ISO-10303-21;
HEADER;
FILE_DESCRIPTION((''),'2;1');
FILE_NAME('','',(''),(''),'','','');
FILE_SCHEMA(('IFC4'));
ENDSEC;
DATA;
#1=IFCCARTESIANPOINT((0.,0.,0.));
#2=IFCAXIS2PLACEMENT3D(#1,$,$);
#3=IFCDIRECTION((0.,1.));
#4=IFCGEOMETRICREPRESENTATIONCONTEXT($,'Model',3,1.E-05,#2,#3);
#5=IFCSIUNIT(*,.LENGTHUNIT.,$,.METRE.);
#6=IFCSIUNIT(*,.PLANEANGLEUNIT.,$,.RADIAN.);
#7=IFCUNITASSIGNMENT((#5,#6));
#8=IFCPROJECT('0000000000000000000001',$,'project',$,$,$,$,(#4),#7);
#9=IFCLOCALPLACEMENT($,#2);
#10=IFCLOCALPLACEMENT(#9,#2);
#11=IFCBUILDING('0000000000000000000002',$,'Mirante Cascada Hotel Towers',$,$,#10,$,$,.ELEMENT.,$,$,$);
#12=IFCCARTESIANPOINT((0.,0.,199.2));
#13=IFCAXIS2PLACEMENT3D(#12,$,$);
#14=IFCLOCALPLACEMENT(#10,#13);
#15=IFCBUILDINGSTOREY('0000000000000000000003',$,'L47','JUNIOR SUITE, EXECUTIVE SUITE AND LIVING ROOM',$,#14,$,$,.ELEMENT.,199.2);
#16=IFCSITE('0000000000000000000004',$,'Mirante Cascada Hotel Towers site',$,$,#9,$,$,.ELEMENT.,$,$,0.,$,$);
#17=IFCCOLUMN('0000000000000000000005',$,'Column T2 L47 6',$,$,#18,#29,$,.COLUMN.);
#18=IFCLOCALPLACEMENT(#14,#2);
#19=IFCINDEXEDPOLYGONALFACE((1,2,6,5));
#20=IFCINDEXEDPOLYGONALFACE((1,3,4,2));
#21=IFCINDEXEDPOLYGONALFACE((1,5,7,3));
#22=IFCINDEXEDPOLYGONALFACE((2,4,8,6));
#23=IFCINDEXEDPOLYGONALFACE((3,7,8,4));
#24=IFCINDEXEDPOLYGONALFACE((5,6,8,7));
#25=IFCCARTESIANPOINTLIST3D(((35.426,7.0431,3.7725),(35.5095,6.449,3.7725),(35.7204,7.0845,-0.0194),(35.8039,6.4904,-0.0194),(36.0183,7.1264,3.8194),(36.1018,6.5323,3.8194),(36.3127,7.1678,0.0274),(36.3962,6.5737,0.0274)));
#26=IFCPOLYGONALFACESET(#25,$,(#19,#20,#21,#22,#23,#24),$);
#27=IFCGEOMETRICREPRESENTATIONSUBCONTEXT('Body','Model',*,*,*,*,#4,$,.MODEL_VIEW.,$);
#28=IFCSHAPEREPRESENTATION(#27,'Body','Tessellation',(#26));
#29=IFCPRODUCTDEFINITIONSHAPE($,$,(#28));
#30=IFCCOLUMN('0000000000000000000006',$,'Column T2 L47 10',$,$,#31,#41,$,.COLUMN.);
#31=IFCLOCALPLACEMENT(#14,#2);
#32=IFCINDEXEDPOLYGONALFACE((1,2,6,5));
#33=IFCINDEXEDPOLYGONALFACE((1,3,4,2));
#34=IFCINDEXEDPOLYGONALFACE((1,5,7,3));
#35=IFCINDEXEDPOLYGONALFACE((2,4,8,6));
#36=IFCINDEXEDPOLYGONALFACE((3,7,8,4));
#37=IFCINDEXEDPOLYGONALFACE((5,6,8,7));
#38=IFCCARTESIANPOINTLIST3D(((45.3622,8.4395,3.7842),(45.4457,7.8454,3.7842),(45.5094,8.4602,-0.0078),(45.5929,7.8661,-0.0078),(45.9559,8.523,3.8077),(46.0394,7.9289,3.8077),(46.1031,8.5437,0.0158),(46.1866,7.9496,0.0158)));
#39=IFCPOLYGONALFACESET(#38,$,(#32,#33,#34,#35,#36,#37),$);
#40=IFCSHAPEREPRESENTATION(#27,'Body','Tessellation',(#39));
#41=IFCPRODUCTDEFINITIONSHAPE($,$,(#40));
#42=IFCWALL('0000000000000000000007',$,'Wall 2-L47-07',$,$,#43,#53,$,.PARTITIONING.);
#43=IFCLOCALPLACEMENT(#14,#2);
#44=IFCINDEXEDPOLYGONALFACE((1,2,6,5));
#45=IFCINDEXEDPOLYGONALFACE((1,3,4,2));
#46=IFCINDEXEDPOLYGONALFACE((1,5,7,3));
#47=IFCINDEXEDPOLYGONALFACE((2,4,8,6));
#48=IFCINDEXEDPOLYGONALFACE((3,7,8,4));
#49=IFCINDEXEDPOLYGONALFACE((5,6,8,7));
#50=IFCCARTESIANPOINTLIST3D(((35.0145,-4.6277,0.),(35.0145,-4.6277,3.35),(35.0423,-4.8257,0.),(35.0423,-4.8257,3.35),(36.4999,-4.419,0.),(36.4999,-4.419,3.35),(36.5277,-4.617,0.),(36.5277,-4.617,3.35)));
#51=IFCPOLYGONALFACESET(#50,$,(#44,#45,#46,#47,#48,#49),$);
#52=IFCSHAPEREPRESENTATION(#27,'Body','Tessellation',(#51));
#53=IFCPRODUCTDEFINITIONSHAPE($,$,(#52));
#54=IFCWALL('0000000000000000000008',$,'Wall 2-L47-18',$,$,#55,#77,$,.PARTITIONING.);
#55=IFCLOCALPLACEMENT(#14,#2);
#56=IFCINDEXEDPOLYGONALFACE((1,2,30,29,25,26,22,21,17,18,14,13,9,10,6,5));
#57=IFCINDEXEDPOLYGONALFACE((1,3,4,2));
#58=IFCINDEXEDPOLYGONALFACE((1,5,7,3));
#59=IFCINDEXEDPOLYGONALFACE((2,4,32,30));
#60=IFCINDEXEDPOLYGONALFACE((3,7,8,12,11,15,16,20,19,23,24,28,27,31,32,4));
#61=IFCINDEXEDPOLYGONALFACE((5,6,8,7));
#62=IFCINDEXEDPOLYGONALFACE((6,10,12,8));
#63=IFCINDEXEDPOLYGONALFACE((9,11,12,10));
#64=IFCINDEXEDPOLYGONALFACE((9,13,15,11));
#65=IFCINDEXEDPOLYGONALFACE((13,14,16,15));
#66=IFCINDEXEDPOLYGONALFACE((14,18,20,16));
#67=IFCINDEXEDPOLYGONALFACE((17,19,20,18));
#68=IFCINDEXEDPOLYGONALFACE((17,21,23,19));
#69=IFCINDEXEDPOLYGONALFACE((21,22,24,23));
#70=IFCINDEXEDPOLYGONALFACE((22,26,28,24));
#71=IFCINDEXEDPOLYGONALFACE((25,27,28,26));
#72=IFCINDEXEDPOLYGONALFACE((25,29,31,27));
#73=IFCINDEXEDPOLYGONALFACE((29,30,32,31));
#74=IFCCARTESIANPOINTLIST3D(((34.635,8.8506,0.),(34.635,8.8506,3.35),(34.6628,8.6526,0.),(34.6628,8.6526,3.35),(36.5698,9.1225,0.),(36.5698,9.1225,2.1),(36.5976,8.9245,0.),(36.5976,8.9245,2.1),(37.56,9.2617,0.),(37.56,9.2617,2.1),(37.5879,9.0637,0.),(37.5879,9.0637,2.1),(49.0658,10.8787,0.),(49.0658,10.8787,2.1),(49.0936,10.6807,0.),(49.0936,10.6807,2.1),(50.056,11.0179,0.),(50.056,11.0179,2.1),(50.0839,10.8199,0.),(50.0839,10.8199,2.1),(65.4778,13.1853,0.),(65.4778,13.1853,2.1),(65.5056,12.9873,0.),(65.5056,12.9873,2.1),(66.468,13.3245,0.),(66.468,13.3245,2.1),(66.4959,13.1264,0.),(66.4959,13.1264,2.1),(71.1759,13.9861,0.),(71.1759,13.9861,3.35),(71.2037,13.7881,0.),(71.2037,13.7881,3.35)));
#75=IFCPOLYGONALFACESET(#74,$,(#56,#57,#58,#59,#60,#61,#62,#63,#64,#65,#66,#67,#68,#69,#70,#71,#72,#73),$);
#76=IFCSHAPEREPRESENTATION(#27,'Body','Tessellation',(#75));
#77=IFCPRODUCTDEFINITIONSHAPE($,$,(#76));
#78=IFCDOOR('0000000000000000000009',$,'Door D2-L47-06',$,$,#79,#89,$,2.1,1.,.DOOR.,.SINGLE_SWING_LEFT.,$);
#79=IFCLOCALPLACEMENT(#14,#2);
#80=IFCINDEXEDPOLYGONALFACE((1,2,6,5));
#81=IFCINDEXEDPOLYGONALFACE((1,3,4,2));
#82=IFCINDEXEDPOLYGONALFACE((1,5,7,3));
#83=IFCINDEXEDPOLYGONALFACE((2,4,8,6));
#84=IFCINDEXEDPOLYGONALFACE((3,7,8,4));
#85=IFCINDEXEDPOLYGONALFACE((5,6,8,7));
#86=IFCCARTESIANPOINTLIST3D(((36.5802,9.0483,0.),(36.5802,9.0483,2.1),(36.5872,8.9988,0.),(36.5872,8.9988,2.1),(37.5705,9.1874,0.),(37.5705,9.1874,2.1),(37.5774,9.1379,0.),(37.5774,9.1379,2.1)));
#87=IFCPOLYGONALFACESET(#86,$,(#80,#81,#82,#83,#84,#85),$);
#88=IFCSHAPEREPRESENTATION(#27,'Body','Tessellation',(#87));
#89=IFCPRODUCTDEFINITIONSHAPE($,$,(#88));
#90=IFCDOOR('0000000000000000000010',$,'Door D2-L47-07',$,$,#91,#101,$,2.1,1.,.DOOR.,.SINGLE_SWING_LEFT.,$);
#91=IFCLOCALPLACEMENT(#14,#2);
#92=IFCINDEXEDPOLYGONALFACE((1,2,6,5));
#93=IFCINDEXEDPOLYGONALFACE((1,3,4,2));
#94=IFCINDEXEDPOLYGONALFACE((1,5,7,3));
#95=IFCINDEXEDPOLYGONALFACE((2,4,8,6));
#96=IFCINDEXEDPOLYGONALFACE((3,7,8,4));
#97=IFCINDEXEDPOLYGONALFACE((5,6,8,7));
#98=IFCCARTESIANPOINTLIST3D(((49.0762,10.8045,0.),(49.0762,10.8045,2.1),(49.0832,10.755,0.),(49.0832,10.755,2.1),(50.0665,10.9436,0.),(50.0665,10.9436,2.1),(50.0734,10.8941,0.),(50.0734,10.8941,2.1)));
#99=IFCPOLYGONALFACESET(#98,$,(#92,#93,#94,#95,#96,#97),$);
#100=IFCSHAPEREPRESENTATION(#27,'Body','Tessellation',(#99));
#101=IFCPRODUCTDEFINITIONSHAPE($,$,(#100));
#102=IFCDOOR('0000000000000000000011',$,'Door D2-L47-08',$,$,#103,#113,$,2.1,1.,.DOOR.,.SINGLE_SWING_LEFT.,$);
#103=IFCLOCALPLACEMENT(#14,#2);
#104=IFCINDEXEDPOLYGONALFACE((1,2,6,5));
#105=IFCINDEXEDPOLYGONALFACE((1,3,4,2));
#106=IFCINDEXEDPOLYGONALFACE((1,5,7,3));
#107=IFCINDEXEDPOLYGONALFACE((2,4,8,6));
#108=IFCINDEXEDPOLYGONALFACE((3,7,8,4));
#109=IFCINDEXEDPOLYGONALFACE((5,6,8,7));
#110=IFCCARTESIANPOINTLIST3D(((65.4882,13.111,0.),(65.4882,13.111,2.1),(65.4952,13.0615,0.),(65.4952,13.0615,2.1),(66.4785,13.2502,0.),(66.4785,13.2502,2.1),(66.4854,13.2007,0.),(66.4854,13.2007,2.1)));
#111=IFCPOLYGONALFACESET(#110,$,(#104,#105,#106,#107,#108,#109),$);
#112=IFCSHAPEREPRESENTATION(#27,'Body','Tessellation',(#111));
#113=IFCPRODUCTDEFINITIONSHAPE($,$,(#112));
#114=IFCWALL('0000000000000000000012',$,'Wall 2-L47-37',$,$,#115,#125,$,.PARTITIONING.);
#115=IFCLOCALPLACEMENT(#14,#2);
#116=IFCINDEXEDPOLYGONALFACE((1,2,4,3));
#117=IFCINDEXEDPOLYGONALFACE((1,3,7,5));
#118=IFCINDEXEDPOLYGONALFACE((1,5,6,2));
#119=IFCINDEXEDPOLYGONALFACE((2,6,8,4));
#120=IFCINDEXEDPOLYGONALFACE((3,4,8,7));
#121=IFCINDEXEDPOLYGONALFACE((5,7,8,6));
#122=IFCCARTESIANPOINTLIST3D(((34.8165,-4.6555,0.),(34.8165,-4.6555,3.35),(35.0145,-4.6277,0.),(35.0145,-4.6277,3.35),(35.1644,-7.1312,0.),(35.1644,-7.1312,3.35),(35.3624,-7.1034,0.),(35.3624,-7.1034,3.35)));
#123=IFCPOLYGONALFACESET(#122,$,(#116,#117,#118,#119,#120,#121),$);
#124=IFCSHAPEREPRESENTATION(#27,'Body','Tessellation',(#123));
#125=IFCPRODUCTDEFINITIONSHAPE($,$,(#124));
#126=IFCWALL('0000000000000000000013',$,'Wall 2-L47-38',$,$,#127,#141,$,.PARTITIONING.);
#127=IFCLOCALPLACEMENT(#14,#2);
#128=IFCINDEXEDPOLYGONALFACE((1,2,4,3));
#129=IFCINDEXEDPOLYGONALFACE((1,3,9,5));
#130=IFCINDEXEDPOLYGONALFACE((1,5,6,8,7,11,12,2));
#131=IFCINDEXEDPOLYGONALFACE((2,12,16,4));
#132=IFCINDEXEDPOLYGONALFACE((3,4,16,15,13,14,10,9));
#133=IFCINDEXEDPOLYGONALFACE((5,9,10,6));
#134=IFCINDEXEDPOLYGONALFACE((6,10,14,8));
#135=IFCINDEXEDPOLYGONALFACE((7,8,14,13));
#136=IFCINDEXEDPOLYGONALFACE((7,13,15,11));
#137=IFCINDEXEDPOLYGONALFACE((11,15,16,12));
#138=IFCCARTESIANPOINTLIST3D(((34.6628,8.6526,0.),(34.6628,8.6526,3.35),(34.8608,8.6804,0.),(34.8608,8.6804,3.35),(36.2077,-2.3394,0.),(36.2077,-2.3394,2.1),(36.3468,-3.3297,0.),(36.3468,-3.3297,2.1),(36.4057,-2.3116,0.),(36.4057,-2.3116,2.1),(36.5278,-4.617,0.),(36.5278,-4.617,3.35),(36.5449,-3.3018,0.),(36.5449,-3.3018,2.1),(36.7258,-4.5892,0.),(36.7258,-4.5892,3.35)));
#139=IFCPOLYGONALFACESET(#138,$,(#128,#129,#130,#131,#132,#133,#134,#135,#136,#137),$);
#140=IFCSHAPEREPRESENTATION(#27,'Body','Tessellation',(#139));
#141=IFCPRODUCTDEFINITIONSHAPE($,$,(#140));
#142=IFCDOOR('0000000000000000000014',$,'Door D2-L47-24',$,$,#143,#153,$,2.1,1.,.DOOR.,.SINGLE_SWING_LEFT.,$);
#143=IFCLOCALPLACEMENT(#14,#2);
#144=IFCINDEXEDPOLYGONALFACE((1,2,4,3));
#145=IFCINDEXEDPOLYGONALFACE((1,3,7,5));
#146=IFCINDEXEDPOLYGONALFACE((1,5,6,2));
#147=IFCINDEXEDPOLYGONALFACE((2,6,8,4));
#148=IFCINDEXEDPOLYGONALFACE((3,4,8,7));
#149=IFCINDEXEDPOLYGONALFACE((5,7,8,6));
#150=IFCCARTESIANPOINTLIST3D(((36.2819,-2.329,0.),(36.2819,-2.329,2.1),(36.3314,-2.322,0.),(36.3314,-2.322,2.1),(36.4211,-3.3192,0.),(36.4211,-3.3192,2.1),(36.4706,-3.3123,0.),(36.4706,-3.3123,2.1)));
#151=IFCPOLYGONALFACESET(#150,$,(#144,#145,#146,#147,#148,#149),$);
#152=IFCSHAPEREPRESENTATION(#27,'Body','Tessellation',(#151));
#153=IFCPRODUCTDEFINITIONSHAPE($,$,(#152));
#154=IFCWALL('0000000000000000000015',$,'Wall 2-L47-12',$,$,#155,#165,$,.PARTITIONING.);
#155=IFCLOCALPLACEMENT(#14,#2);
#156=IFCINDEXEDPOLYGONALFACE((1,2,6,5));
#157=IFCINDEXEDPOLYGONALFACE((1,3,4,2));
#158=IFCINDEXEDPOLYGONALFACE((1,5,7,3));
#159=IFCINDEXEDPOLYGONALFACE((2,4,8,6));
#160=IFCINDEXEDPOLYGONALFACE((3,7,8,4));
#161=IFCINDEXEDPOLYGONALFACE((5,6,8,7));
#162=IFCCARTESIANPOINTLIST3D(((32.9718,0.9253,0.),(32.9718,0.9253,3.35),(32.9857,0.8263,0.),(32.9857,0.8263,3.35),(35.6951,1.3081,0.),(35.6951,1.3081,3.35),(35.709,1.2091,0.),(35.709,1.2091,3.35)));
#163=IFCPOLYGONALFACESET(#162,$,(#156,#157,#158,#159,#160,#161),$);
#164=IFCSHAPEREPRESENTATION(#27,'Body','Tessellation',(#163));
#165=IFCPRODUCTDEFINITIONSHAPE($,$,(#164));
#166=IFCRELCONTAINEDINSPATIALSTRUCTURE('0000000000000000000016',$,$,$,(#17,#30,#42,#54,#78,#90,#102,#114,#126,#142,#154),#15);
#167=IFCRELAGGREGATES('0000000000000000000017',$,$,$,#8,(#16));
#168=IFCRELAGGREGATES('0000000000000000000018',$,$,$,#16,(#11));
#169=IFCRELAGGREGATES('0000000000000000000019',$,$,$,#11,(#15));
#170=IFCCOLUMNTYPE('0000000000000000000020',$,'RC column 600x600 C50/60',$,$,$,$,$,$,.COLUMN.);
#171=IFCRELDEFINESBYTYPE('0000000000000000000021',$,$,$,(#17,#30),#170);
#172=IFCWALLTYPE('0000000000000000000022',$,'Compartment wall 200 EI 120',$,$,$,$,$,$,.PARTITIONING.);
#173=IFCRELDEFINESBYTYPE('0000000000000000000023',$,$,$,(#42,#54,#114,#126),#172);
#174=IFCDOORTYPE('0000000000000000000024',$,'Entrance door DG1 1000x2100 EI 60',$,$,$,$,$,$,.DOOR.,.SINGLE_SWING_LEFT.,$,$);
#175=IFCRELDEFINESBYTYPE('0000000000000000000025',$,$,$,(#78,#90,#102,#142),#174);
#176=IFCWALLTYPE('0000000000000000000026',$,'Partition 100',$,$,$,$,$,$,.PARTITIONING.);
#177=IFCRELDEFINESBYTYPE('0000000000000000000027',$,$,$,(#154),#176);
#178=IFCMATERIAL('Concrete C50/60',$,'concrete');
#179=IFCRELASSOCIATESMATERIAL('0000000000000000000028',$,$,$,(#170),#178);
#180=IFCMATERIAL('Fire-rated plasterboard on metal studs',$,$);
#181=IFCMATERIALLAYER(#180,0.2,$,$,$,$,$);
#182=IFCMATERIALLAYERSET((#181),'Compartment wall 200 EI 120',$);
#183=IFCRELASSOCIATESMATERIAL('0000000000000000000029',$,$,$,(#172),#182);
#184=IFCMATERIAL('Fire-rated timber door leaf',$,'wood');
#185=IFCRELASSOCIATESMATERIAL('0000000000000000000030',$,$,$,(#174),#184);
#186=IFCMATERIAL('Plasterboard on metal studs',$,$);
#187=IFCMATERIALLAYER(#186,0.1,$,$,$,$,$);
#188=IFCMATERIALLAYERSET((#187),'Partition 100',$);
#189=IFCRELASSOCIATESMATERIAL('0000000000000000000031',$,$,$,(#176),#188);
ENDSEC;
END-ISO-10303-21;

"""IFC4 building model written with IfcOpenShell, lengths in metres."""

from ifc_helpers import new_model, si_unit, direction, frame, frame_2d, origin, origin_2d, place, context, subcontext, project, spatial, rectangle, extrude, material, layer, layer_set, material_profile, profile_set, type_object, element, fill, save


model = new_model("IFC4")

# Units and contexts
model_context = context("Model", 3, precision=1e-05, world=origin(), true_north=direction((0.0, 1.0)))
body_context = subcontext(model_context, "Body", "Model", "MODEL_VIEW")
ifc_project = project(units=[si_unit("LENGTHUNIT", "METRE"), si_unit("PLANEANGLEUNIT", "RADIAN")], contexts=[model_context])

# Site, building, storey
site_placement = place(None, origin())
site = spatial("IfcSite", under=ifc_project, at=site_placement, Name="Mirante Cascada Hotel Towers site", CompositionType="ELEMENT", RefElevation=0.0)
building_placement = place(site_placement, origin())
building = spatial("IfcBuilding", under=site, at=building_placement, Name="Mirante Cascada Hotel Towers", CompositionType="ELEMENT")
storey_placement = place(building_placement, frame((0.0, 0.0, 199.2)))
storey = spatial("IfcBuildingStorey", under=building, at=storey_placement, Name="L47", Description="JUNIOR SUITE, EXECUTIVE SUITE AND LIVING ROOM", CompositionType="ELEMENT", Elevation=199.2)

# Columns
ifc_material_1 = material(Name="Concrete C50/60", Category="concrete")
ifc_material_profile = material_profile(ifc_material_1, rectangle(XDim=0.6, YDim=0.6, at=origin_2d()), Name="RC column 600x600 C50/60")
ifc_profile_set = profile_set([ifc_material_profile], Name="Concrete C50/60")
column_type = type_object("IfcColumnType", Name="RC column 600x600 C50/60", PredefinedType="COLUMN", material=ifc_profile_set)
column_1_placement = place(storey_placement, frame((36.0583, 6.8291, 0.004), z_axis=(-0.0774, -0.010884, 0.996941), x_axis=(0.139255, -0.990257, 0.0)))
element("IfcColumn", 1, at=column_1_placement, inside=storey, type_object=column_type, Name="Column T2 L47 6", PredefinedType="COLUMN", context=body_context, shape_type="SweptSolid", body=[
    extrude(rectangle(XDim=0.6, YDim=0.6, at=origin_2d()), origin(), (0.0, 0.0, 1.0), 3.8036),
])
column_2_placement = place(storey_placement, frame((45.848, 8.2049, 0.004), z_axis=(-0.038789, -0.005455, 0.999232), x_axis=(0.139255, -0.990257, 0.0)))
element("IfcColumn", 2, at=column_2_placement, inside=storey, type_object=column_type, Name="Column T2 L47 10", PredefinedType="COLUMN", context=body_context, shape_type="SweptSolid", body=[
    extrude(rectangle(XDim=0.6, YDim=0.6, at=origin_2d()), origin(), (0.0, 0.0, 1.0), 3.7949),
])

# Wall
ifc_material_2 = material(Name="Fire-rated plasterboard on metal studs")
ifc_layer_1 = layer(ifc_material_2, 0.2)
ifc_layer_set_1 = layer_set([ifc_layer_1], Name="Compartment wall 200 EI 120")
wall_type_1 = type_object("IfcWallType", Name="Compartment wall 200 EI 120", PredefinedType="PARTITIONING", material=ifc_layer_set_1)
wall_1_placement = place(storey_placement, frame((36.5138, -4.518, 0.0), z_axis=(0.0, 0.0, 1.0), x_axis=(-0.990274, -0.139134, 0.0)))
element("IfcWall", 3, at=wall_1_placement, inside=storey, type_object=wall_type_1, Name="Wall 2-L47-07", PredefinedType="PARTITIONING", context=body_context, shape_type="SweptSolid", body=[
    extrude(rectangle(XDim=1.5, YDim=0.2, at=frame_2d((0.75, 0.0))), origin(), (0.0, 0.0, 1.0), 3.35),
])

# Wall, openings, doors
wall_2_placement = place(storey_placement, frame((34.6489, 8.7516, 0.0), z_axis=(0.0, 0.0, 1.0), x_axis=(0.990268, 0.139173, 0.0)))
wall_2 = element("IfcWall", 4, at=wall_2_placement, inside=storey, type_object=wall_type_1, Name="Wall 2-L47-18", PredefinedType="PARTITIONING", context=body_context, shape_type="SweptSolid", body=[
    extrude(rectangle(XDim=36.9, YDim=0.2, at=frame_2d((18.45, 0.0))), origin(), (0.0, 0.0, 1.0), 3.35),
])
opening_1_placement = place(wall_2_placement, frame((1.9538, 0.0, 0.0)))
opening_1 = element("IfcOpeningElement", 5, at=opening_1_placement, cuts=wall_2, PredefinedType="OPENING", context=body_context, shape_type="SweptSolid", body=[
    extrude(rectangle(XDim=1.0, YDim=2.1, at=frame_2d((0.5, 1.05))), frame((0.0, 0.1, 0.0), z_axis=(0.0, -1.0, 0.0), x_axis=(1.0, 0.0, 0.0)), (0.0, 0.0, 1.0), 0.2),
])
opening_2_placement = place(wall_2_placement, frame((14.5726, 0.0, 0.0)))
opening_2 = element("IfcOpeningElement", 6, at=opening_2_placement, cuts=wall_2, PredefinedType="OPENING", context=body_context, shape_type="SweptSolid", body=[
    extrude(rectangle(XDim=1.0, YDim=2.1, at=frame_2d((0.5, 1.05))), frame((0.0, 0.1, 0.0), z_axis=(0.0, -1.0, 0.0), x_axis=(1.0, 0.0, 0.0)), (0.0, 0.0, 1.0), 0.2),
])
opening_3_placement = place(wall_2_placement, frame((31.1459, 0.0, 0.0)))
opening_3 = element("IfcOpeningElement", 7, at=opening_3_placement, cuts=wall_2, PredefinedType="OPENING", context=body_context, shape_type="SweptSolid", body=[
    extrude(rectangle(XDim=1.0, YDim=2.1, at=frame_2d((0.5, 1.05))), frame((0.0, 0.1, 0.0), z_axis=(0.0, -1.0, 0.0), x_axis=(1.0, 0.0, 0.0)), (0.0, 0.0, 1.0), 0.2),
])
ifc_material_3 = material(Name="Fire-rated timber door leaf", Category="wood")
door_type_1 = type_object("IfcDoorType", Name="Entrance door DG1 1000x2100 EI 60", OperationType="SINGLE_SWING_LEFT", PredefinedType="DOOR", material=ifc_material_3)
door_1_placement = place(opening_1_placement, origin())
door_1 = element("IfcDoor", 8, at=door_1_placement, inside=storey, type_object=door_type_1, Name="Door D2-L47-06", OperationType="SINGLE_SWING_LEFT", OverallHeight=2.1, OverallWidth=1.0, PredefinedType="DOOR", context=body_context, shape_type="SweptSolid", body=[
    extrude(rectangle(XDim=1.0, YDim=2.1, at=frame_2d((0.5, 1.05))), frame((0.0, 0.025, 0.0), z_axis=(0.0, -1.0, 0.0), x_axis=(1.0, 0.0, 0.0)), (0.0, 0.0, 1.0), 0.05),
])
fill(opening_1, door_1)
door_2_placement = place(opening_2_placement, origin())
door_2 = element("IfcDoor", 9, at=door_2_placement, inside=storey, type_object=door_type_1, Name="Door D2-L47-07", OperationType="SINGLE_SWING_LEFT", OverallHeight=2.1, OverallWidth=1.0, PredefinedType="DOOR", context=body_context, shape_type="SweptSolid", body=[
    extrude(rectangle(XDim=1.0, YDim=2.1, at=frame_2d((0.5, 1.05))), frame((0.0, 0.025, 0.0), z_axis=(0.0, -1.0, 0.0), x_axis=(1.0, 0.0, 0.0)), (0.0, 0.0, 1.0), 0.05),
])
fill(opening_2, door_2)
door_3_placement = place(opening_3_placement, origin())
door_3 = element("IfcDoor", 10, at=door_3_placement, inside=storey, type_object=door_type_1, Name="Door D2-L47-08", OperationType="SINGLE_SWING_LEFT", OverallHeight=2.1, OverallWidth=1.0, PredefinedType="DOOR", context=body_context, shape_type="SweptSolid", body=[
    extrude(rectangle(XDim=1.0, YDim=2.1, at=frame_2d((0.5, 1.05))), frame((0.0, 0.025, 0.0), z_axis=(0.0, -1.0, 0.0), x_axis=(1.0, 0.0, 0.0)), (0.0, 0.0, 1.0), 0.05),
])
fill(opening_3, door_3)

# Wall
wall_3_placement = place(storey_placement, frame((34.9155, -4.6416, 0.0), z_axis=(0.0, 0.0, 1.0), x_axis=(0.139159, -0.99027, 0.0)))
element("IfcWall", 11, at=wall_3_placement, inside=storey, type_object=wall_type_1, Name="Wall 2-L47-37", PredefinedType="PARTITIONING", context=body_context, shape_type="SweptSolid", body=[
    extrude(rectangle(XDim=2.5, YDim=0.2, at=frame_2d((1.25, 0.0))), origin(), (0.0, 0.0, 1.0), 3.35),
])

# Wall, opening, door
wall_4_placement = place(storey_placement, frame((36.6268, -4.6031, 0.0), z_axis=(0.0, 0.0, 1.0), x_axis=(-0.139179, 0.990267, 0.0)))
wall_4 = element("IfcWall", 12, at=wall_4_placement, inside=storey, type_object=wall_type_1, Name="Wall 2-L47-38", PredefinedType="PARTITIONING", context=body_context, shape_type="SweptSolid", body=[
    extrude(rectangle(XDim=13.4, YDim=0.2, at=frame_2d((6.7, 0.0))), origin(), (0.0, 0.0, 1.0), 3.35),
])
opening_4_placement = place(wall_4_placement, frame((1.3, 0.0, 0.0)))
opening_4 = element("IfcOpeningElement", 13, at=opening_4_placement, cuts=wall_4, PredefinedType="OPENING", context=body_context, shape_type="SweptSolid", body=[
    extrude(rectangle(XDim=1.0, YDim=2.1, at=frame_2d((0.5, 1.05))), frame((0.0, 0.1, 0.0), z_axis=(0.0, -1.0, 0.0), x_axis=(1.0, 0.0, 0.0)), (0.0, 0.0, 1.0), 0.2),
])
door_4_placement = place(opening_4_placement, origin())
door_4 = element("IfcDoor", 14, at=door_4_placement, inside=storey, type_object=door_type_1, Name="Door D2-L47-24", OperationType="SINGLE_SWING_LEFT", OverallHeight=2.1, OverallWidth=1.0, PredefinedType="DOOR", context=body_context, shape_type="SweptSolid", body=[
    extrude(rectangle(XDim=1.0, YDim=2.1, at=frame_2d((0.5, 1.05))), frame((0.0, 0.025, 0.0), z_axis=(0.0, -1.0, 0.0), x_axis=(1.0, 0.0, 0.0)), (0.0, 0.0, 1.0), 0.05),
])
fill(opening_4, door_4)

# Wall
ifc_material_4 = material(Name="Plasterboard on metal studs")
ifc_layer_2 = layer(ifc_material_4, 0.1)
ifc_layer_set_2 = layer_set([ifc_layer_2], Name="Partition 100")
wall_type_2 = type_object("IfcWallType", Name="Partition 100", PredefinedType="PARTITIONING", material=ifc_layer_set_2)
wall_5_placement = place(storey_placement, frame((32.9787, 0.8758, 0.0), z_axis=(0.0, 0.0, 1.0), x_axis=(0.990265, 0.139196, 0.0)))
element("IfcWall", 15, at=wall_5_placement, inside=storey, type_object=wall_type_2, Name="Wall 2-L47-12", PredefinedType="PARTITIONING", context=body_context, shape_type="SweptSolid", body=[
    extrude(rectangle(XDim=2.7501, YDim=0.1, at=frame_2d((1.3751, 0.0))), origin(), (0.0, 0.0, 1.0), 3.35),
])

save(model, "model.ifc")
